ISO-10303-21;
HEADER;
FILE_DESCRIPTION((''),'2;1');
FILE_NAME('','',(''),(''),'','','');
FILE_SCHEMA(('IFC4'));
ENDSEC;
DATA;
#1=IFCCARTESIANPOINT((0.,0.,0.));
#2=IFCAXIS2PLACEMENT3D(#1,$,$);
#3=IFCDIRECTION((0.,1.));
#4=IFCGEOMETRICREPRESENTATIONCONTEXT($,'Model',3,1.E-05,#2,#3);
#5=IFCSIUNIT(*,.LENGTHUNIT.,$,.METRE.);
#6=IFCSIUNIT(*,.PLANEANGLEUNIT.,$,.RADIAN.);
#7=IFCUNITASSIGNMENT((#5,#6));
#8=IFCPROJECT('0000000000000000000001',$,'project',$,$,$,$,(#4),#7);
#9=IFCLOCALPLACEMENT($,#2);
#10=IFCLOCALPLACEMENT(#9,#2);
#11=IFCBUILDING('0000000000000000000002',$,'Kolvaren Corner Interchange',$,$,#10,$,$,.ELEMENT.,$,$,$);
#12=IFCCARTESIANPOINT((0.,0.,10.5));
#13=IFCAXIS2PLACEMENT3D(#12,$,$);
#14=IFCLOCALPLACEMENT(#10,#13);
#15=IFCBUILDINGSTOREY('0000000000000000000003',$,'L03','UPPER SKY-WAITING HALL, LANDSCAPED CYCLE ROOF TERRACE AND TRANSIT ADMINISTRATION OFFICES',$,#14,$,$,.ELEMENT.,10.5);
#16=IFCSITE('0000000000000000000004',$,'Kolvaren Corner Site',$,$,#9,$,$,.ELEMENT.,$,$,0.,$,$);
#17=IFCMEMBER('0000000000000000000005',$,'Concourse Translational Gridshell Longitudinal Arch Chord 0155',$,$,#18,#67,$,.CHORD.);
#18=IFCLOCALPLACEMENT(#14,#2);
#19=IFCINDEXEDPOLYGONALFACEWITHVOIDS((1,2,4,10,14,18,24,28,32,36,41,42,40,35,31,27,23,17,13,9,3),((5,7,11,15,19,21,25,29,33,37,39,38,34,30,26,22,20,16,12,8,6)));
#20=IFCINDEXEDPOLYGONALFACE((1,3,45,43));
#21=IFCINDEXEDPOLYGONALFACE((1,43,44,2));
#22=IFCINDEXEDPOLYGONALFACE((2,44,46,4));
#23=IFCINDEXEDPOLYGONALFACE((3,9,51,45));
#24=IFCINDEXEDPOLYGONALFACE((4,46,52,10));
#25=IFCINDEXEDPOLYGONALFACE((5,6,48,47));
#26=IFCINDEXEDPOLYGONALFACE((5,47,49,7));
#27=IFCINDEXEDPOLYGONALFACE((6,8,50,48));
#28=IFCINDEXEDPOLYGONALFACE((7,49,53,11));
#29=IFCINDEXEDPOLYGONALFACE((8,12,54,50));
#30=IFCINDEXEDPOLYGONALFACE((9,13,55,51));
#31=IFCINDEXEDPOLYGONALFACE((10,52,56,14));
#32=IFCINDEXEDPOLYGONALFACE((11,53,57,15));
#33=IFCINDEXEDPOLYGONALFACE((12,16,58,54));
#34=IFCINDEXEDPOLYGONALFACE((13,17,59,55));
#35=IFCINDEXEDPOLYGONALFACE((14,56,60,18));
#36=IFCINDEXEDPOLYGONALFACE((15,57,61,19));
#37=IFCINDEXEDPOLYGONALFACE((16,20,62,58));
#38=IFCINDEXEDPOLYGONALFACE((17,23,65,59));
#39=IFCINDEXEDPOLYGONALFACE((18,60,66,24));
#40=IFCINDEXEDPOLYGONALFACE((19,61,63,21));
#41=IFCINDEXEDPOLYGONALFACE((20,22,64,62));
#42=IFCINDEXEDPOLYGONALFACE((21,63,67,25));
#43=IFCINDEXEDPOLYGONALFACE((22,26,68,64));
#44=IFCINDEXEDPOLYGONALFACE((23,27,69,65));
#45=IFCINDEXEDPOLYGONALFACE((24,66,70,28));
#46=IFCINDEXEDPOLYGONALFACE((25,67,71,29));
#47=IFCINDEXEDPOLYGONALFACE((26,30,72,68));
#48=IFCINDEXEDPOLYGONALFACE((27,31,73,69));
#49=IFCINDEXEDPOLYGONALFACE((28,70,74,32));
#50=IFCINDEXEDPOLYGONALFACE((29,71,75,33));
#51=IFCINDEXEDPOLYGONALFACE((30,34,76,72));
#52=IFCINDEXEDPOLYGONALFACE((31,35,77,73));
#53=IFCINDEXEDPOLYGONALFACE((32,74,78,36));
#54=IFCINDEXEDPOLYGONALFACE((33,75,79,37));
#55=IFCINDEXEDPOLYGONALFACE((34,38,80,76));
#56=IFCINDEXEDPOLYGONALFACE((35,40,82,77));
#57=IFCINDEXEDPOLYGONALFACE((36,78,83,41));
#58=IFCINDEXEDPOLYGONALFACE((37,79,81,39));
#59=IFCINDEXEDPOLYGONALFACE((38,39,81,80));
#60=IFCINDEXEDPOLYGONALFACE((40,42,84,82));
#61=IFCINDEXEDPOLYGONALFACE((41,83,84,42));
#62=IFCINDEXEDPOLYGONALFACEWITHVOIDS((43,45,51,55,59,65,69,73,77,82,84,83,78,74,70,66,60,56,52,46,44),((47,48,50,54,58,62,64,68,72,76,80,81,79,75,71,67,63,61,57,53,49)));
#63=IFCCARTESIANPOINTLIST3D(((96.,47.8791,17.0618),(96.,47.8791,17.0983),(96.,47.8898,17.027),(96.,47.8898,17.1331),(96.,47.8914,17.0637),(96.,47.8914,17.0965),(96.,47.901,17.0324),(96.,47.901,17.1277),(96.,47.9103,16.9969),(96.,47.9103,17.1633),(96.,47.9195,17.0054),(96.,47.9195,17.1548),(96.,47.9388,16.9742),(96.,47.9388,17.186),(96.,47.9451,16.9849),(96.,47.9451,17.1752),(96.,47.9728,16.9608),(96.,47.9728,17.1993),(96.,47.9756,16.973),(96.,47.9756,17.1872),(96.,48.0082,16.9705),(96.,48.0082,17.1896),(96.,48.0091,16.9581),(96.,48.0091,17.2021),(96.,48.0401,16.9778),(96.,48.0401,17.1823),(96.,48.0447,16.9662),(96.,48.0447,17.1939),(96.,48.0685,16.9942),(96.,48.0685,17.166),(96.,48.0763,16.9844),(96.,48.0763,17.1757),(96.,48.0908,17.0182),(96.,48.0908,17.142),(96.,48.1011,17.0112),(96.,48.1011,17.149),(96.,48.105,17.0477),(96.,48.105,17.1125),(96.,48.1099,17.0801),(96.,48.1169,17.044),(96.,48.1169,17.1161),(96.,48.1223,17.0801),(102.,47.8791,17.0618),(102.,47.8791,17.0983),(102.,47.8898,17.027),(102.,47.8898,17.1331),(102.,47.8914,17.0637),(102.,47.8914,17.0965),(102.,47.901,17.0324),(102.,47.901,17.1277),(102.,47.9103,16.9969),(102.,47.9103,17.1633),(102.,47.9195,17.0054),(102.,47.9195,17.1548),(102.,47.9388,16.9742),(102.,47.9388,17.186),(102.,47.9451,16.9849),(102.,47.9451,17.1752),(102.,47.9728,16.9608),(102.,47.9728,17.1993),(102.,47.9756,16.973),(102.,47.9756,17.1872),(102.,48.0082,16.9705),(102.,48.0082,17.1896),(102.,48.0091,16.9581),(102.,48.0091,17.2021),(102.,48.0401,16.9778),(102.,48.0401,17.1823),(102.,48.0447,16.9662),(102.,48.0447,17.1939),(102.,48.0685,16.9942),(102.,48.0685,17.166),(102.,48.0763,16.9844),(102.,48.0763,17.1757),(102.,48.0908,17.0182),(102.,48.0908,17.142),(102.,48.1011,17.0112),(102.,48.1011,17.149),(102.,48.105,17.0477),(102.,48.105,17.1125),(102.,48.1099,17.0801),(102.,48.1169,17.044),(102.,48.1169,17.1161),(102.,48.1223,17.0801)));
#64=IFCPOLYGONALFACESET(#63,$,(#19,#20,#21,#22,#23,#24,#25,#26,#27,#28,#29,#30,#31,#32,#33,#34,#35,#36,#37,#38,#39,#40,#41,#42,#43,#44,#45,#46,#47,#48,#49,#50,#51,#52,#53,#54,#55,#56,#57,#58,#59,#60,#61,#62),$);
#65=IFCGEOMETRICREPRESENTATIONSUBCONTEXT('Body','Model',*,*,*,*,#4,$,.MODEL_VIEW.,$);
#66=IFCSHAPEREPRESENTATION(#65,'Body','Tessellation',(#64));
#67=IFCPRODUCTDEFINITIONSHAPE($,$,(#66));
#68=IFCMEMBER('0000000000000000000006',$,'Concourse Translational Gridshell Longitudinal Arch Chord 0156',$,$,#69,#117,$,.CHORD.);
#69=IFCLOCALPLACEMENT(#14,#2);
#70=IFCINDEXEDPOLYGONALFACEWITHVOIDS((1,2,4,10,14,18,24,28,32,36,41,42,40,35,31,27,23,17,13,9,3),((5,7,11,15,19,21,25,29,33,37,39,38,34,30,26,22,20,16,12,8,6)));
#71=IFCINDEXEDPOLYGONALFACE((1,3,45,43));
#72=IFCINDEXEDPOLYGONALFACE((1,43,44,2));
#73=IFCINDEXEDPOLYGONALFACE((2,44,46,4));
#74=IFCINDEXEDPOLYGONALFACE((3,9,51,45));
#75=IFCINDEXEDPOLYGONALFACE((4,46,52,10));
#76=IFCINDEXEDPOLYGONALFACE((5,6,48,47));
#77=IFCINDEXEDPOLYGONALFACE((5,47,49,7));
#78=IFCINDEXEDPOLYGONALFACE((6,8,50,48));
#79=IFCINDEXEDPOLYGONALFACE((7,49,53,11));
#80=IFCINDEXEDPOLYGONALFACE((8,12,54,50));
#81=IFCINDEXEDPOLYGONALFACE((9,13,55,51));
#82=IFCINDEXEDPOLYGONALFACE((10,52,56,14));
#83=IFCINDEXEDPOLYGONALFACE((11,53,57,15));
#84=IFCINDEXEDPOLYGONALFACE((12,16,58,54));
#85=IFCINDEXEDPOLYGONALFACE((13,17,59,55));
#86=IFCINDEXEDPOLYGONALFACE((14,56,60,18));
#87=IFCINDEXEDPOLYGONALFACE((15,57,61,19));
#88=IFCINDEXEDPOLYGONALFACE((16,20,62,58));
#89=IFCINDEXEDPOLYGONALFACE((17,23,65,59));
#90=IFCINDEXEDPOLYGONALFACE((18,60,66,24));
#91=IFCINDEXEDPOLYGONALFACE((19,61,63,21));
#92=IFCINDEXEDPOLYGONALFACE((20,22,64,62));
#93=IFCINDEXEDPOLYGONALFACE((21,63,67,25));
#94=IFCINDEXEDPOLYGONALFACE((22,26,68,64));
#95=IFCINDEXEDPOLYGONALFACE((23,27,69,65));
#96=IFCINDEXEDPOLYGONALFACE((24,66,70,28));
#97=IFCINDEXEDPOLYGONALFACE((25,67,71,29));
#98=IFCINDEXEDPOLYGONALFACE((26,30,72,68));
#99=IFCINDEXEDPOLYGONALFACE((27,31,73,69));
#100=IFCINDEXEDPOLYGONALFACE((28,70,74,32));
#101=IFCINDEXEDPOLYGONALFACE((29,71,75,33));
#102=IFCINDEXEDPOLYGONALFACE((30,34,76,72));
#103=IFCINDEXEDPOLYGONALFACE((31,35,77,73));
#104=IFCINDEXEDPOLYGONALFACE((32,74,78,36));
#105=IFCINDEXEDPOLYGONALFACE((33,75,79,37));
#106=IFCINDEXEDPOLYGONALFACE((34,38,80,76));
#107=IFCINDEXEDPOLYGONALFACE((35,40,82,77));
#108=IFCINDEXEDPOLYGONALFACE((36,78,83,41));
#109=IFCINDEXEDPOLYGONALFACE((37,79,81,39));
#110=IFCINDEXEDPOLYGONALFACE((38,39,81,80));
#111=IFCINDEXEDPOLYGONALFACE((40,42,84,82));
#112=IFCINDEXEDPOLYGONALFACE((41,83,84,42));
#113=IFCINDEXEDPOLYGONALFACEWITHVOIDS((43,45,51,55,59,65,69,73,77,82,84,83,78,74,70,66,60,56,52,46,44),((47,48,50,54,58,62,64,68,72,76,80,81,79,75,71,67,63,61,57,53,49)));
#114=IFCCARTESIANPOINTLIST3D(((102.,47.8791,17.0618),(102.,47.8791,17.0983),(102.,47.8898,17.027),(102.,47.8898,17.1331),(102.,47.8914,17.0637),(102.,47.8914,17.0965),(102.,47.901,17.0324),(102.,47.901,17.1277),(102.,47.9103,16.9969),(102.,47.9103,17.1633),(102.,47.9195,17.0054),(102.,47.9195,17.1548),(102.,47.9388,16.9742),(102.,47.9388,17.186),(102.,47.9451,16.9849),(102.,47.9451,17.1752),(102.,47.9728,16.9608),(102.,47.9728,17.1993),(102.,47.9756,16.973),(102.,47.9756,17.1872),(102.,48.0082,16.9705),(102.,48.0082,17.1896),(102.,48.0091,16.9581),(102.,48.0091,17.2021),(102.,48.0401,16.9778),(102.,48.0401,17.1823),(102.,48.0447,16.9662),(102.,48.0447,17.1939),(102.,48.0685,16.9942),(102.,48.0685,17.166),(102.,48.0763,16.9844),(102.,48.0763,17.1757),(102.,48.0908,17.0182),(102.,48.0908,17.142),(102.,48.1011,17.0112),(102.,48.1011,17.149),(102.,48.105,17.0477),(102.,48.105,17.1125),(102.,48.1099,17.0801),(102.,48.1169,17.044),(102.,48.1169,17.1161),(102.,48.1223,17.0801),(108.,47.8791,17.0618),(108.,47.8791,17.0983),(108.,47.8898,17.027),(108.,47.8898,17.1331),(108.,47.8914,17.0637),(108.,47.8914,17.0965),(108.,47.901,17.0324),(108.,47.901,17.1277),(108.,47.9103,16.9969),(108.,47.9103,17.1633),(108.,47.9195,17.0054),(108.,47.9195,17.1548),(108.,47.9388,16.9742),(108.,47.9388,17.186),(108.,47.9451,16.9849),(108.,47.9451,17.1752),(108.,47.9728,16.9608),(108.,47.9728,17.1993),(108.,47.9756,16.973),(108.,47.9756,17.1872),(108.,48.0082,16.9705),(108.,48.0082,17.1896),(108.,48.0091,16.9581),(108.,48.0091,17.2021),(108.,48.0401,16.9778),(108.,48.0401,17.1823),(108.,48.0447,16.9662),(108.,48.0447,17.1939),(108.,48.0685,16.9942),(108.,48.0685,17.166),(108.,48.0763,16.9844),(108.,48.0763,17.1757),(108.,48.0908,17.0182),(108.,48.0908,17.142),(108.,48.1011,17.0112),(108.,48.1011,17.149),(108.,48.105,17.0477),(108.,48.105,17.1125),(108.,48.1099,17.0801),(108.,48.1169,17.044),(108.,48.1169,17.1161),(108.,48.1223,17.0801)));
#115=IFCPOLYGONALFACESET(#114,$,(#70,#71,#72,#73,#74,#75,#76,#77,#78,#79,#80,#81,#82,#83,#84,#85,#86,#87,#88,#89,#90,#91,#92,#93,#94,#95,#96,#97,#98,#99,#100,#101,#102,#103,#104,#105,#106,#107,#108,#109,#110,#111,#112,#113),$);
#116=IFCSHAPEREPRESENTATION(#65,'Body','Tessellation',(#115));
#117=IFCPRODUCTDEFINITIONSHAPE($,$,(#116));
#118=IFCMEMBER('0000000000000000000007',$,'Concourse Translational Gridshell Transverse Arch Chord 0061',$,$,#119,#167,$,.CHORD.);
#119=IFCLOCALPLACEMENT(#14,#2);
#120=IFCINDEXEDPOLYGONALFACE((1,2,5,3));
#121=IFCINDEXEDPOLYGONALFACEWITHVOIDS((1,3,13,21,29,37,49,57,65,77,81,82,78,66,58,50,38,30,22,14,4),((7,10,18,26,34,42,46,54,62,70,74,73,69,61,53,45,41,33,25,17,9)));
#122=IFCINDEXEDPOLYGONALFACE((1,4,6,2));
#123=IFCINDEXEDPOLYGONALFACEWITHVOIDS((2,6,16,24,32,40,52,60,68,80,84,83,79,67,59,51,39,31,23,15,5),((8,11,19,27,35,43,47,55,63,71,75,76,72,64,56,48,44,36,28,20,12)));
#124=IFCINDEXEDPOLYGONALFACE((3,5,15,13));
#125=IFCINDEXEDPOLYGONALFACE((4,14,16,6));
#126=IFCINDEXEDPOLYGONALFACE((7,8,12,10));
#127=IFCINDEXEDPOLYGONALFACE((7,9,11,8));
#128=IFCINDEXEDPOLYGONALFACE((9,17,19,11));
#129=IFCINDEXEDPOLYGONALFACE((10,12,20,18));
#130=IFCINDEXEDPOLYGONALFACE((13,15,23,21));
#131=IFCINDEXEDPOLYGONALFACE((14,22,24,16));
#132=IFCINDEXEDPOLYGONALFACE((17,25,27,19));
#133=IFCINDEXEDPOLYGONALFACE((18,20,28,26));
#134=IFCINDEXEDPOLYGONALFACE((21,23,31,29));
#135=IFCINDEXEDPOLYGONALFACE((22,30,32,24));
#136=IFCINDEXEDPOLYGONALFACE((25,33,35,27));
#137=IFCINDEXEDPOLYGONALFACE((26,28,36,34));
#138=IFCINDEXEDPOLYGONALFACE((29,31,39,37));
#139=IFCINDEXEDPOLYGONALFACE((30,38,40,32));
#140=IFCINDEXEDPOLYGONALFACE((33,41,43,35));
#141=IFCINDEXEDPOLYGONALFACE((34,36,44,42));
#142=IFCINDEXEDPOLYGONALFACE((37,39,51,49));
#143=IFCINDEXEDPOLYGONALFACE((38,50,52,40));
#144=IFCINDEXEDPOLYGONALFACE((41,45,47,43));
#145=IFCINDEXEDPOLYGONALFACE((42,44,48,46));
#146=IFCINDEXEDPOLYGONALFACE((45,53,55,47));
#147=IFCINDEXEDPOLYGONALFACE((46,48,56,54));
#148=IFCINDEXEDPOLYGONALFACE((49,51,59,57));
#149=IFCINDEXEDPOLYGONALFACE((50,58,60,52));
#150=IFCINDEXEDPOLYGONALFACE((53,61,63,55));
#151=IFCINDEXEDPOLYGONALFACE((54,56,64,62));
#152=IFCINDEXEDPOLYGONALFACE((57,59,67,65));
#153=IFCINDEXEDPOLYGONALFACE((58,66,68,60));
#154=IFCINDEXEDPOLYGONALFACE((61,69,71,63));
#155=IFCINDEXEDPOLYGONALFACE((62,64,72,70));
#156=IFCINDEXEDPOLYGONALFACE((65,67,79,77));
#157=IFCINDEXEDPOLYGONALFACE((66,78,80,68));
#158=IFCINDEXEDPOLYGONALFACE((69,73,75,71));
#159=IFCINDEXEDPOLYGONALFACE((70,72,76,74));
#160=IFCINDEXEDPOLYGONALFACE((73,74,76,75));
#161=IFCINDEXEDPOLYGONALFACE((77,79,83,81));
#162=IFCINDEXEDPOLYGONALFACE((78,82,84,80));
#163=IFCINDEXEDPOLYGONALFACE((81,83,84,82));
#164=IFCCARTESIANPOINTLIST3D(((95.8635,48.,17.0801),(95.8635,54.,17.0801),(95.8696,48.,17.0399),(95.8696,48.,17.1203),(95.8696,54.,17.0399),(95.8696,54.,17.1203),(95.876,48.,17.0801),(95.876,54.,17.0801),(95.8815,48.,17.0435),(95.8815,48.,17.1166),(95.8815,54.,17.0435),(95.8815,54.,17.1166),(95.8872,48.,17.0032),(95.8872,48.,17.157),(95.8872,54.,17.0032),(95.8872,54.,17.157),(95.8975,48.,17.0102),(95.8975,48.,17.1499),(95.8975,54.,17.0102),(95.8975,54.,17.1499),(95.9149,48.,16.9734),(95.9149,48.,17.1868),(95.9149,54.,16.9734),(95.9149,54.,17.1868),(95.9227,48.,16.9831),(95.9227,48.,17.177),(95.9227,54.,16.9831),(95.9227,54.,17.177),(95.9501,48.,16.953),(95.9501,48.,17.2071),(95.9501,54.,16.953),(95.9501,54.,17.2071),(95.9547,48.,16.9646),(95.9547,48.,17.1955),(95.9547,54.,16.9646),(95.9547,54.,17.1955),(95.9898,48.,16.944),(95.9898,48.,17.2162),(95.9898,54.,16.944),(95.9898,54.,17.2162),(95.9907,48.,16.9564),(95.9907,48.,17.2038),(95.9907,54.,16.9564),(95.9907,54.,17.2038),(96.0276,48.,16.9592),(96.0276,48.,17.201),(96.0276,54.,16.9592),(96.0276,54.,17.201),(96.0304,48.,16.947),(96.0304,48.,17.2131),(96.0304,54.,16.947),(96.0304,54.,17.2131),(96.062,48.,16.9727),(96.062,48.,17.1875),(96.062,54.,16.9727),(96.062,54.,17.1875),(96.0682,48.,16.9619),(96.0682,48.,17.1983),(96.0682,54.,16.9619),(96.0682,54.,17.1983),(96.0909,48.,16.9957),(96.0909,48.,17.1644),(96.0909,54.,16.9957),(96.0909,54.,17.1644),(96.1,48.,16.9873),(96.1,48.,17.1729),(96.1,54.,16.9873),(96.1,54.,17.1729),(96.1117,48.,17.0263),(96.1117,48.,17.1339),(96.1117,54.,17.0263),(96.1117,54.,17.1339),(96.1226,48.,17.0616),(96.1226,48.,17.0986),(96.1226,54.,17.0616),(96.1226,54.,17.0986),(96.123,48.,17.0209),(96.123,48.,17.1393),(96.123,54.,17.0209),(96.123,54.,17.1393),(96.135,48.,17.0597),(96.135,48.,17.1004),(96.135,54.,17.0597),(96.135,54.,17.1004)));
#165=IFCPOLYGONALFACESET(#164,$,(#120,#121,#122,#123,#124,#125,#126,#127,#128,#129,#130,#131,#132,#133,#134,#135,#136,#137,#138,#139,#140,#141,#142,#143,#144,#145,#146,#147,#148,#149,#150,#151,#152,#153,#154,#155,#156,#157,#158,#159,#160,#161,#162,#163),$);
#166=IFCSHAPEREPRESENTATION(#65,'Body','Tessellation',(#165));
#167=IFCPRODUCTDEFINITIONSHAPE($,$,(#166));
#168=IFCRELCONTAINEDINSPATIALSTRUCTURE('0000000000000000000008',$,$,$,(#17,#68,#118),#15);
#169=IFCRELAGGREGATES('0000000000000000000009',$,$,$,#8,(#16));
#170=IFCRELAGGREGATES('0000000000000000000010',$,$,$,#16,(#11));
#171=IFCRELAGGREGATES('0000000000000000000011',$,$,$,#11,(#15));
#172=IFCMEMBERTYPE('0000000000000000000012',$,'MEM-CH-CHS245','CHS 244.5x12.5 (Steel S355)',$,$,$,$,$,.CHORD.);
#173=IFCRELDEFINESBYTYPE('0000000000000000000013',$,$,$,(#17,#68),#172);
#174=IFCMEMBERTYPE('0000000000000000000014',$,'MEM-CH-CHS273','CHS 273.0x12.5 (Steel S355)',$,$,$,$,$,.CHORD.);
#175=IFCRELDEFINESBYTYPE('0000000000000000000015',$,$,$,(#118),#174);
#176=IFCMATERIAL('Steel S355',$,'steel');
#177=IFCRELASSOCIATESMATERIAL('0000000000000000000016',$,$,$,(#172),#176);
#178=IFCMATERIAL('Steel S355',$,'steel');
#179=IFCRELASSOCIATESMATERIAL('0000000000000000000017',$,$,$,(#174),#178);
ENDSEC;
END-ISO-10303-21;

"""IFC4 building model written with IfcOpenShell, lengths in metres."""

from ifc_helpers import new_model, si_unit, direction, frame, origin, origin_2d, place, context, subcontext, project, spatial, hollow_circle, extrude, material, material_profile, profile_set, type_object, element, save


model = new_model("IFC4")

# Units and contexts
model_context = context("Model", 3, precision=1e-05, world=origin(), true_north=direction((0.0, 1.0)))
body_context = subcontext(model_context, "Body", "Model", "MODEL_VIEW")
ifc_project = project(units=[si_unit("LENGTHUNIT", "METRE"), si_unit("PLANEANGLEUNIT", "RADIAN")], contexts=[model_context])

# Site, building, storey
site_placement = place(None, origin())
site = spatial("IfcSite", under=ifc_project, at=site_placement, Name="Kolvaren Corner Site", CompositionType="ELEMENT", RefElevation=0.0)
building_placement = place(site_placement, origin())
building = spatial("IfcBuilding", under=site, at=building_placement, Name="Kolvaren Corner Interchange", CompositionType="ELEMENT")
storey_placement = place(building_placement, frame((0.0, 0.0, 10.5)))
storey = spatial("IfcBuildingStorey", under=building, at=storey_placement, Name="L03", Description="UPPER SKY-WAITING HALL, LANDSCAPED CYCLE ROOF TERRACE AND TRANSIT ADMINISTRATION OFFICES", CompositionType="ELEMENT", Elevation=10.5)

# Members
ifc_material_1 = material(Name="Steel S355", Category="steel")
ifc_material_profile_1 = material_profile(ifc_material_1, hollow_circle(Radius=0.1223, WallThickness=0.0125, at=origin_2d()), Name="CHS 244.5x12.5")
ifc_profile_set_1 = profile_set([ifc_material_profile_1], Name="Steel S355")
member_type_1 = type_object("IfcMemberType", Name="MEM-CH-CHS245", Description="CHS 244.5x12.5 (Steel S355)", PredefinedType="CHORD", material=ifc_profile_set_1)
for number, where, z_axis, x_axis, name in (
    (1, (96.0, 48.0, 17.0801), (1.0, 0.0, 0.0), (0.0, 1.0, 0.0), "Concourse Translational Gridshell Longitudinal Arch Chord 0155"),
    (2, (102.0, 48.0, 17.0801), (1.0, 0.0, 0.0), (0.0, 1.0, 0.0), "Concourse Translational Gridshell Longitudinal Arch Chord 0156"),
):
    element("IfcMember", number, at=place(storey_placement, frame(where, z_axis=z_axis, x_axis=x_axis)), inside=storey, type_object=member_type_1, Name=name, PredefinedType="CHORD", context=body_context, shape_type="SweptSolid", body=[
        extrude(hollow_circle(Radius=0.1223, WallThickness=0.0125, at=origin_2d()), origin(), (0.0, 0.0, 1.0), 6.0),
    ])
ifc_material_2 = material(Name="Steel S355", Category="steel")
ifc_material_profile_2 = material_profile(ifc_material_2, hollow_circle(Radius=0.1365, WallThickness=0.0125, at=origin_2d()), Name="CHS 273.0x12.5")
ifc_profile_set_2 = profile_set([ifc_material_profile_2], Name="Steel S355")
member_type_2 = type_object("IfcMemberType", Name="MEM-CH-CHS273", Description="CHS 273.0x12.5 (Steel S355)", PredefinedType="CHORD", material=ifc_profile_set_2)
for number, where, z_axis, x_axis, name in (
    (3, (96.0, 48.0, 17.0801), (0.0, 1.0, 0.0), (-1.0, 0.0, 0.0), "Concourse Translational Gridshell Transverse Arch Chord 0061"),
):
    element("IfcMember", number, at=place(storey_placement, frame(where, z_axis=z_axis, x_axis=x_axis)), inside=storey, type_object=member_type_2, Name=name, PredefinedType="CHORD", context=body_context, shape_type="SweptSolid", body=[
        extrude(hollow_circle(Radius=0.1365, WallThickness=0.0125, at=origin_2d()), origin(), (0.0, 0.0, 1.0), 6.0),
    ])

save(model, "model.ifc")
